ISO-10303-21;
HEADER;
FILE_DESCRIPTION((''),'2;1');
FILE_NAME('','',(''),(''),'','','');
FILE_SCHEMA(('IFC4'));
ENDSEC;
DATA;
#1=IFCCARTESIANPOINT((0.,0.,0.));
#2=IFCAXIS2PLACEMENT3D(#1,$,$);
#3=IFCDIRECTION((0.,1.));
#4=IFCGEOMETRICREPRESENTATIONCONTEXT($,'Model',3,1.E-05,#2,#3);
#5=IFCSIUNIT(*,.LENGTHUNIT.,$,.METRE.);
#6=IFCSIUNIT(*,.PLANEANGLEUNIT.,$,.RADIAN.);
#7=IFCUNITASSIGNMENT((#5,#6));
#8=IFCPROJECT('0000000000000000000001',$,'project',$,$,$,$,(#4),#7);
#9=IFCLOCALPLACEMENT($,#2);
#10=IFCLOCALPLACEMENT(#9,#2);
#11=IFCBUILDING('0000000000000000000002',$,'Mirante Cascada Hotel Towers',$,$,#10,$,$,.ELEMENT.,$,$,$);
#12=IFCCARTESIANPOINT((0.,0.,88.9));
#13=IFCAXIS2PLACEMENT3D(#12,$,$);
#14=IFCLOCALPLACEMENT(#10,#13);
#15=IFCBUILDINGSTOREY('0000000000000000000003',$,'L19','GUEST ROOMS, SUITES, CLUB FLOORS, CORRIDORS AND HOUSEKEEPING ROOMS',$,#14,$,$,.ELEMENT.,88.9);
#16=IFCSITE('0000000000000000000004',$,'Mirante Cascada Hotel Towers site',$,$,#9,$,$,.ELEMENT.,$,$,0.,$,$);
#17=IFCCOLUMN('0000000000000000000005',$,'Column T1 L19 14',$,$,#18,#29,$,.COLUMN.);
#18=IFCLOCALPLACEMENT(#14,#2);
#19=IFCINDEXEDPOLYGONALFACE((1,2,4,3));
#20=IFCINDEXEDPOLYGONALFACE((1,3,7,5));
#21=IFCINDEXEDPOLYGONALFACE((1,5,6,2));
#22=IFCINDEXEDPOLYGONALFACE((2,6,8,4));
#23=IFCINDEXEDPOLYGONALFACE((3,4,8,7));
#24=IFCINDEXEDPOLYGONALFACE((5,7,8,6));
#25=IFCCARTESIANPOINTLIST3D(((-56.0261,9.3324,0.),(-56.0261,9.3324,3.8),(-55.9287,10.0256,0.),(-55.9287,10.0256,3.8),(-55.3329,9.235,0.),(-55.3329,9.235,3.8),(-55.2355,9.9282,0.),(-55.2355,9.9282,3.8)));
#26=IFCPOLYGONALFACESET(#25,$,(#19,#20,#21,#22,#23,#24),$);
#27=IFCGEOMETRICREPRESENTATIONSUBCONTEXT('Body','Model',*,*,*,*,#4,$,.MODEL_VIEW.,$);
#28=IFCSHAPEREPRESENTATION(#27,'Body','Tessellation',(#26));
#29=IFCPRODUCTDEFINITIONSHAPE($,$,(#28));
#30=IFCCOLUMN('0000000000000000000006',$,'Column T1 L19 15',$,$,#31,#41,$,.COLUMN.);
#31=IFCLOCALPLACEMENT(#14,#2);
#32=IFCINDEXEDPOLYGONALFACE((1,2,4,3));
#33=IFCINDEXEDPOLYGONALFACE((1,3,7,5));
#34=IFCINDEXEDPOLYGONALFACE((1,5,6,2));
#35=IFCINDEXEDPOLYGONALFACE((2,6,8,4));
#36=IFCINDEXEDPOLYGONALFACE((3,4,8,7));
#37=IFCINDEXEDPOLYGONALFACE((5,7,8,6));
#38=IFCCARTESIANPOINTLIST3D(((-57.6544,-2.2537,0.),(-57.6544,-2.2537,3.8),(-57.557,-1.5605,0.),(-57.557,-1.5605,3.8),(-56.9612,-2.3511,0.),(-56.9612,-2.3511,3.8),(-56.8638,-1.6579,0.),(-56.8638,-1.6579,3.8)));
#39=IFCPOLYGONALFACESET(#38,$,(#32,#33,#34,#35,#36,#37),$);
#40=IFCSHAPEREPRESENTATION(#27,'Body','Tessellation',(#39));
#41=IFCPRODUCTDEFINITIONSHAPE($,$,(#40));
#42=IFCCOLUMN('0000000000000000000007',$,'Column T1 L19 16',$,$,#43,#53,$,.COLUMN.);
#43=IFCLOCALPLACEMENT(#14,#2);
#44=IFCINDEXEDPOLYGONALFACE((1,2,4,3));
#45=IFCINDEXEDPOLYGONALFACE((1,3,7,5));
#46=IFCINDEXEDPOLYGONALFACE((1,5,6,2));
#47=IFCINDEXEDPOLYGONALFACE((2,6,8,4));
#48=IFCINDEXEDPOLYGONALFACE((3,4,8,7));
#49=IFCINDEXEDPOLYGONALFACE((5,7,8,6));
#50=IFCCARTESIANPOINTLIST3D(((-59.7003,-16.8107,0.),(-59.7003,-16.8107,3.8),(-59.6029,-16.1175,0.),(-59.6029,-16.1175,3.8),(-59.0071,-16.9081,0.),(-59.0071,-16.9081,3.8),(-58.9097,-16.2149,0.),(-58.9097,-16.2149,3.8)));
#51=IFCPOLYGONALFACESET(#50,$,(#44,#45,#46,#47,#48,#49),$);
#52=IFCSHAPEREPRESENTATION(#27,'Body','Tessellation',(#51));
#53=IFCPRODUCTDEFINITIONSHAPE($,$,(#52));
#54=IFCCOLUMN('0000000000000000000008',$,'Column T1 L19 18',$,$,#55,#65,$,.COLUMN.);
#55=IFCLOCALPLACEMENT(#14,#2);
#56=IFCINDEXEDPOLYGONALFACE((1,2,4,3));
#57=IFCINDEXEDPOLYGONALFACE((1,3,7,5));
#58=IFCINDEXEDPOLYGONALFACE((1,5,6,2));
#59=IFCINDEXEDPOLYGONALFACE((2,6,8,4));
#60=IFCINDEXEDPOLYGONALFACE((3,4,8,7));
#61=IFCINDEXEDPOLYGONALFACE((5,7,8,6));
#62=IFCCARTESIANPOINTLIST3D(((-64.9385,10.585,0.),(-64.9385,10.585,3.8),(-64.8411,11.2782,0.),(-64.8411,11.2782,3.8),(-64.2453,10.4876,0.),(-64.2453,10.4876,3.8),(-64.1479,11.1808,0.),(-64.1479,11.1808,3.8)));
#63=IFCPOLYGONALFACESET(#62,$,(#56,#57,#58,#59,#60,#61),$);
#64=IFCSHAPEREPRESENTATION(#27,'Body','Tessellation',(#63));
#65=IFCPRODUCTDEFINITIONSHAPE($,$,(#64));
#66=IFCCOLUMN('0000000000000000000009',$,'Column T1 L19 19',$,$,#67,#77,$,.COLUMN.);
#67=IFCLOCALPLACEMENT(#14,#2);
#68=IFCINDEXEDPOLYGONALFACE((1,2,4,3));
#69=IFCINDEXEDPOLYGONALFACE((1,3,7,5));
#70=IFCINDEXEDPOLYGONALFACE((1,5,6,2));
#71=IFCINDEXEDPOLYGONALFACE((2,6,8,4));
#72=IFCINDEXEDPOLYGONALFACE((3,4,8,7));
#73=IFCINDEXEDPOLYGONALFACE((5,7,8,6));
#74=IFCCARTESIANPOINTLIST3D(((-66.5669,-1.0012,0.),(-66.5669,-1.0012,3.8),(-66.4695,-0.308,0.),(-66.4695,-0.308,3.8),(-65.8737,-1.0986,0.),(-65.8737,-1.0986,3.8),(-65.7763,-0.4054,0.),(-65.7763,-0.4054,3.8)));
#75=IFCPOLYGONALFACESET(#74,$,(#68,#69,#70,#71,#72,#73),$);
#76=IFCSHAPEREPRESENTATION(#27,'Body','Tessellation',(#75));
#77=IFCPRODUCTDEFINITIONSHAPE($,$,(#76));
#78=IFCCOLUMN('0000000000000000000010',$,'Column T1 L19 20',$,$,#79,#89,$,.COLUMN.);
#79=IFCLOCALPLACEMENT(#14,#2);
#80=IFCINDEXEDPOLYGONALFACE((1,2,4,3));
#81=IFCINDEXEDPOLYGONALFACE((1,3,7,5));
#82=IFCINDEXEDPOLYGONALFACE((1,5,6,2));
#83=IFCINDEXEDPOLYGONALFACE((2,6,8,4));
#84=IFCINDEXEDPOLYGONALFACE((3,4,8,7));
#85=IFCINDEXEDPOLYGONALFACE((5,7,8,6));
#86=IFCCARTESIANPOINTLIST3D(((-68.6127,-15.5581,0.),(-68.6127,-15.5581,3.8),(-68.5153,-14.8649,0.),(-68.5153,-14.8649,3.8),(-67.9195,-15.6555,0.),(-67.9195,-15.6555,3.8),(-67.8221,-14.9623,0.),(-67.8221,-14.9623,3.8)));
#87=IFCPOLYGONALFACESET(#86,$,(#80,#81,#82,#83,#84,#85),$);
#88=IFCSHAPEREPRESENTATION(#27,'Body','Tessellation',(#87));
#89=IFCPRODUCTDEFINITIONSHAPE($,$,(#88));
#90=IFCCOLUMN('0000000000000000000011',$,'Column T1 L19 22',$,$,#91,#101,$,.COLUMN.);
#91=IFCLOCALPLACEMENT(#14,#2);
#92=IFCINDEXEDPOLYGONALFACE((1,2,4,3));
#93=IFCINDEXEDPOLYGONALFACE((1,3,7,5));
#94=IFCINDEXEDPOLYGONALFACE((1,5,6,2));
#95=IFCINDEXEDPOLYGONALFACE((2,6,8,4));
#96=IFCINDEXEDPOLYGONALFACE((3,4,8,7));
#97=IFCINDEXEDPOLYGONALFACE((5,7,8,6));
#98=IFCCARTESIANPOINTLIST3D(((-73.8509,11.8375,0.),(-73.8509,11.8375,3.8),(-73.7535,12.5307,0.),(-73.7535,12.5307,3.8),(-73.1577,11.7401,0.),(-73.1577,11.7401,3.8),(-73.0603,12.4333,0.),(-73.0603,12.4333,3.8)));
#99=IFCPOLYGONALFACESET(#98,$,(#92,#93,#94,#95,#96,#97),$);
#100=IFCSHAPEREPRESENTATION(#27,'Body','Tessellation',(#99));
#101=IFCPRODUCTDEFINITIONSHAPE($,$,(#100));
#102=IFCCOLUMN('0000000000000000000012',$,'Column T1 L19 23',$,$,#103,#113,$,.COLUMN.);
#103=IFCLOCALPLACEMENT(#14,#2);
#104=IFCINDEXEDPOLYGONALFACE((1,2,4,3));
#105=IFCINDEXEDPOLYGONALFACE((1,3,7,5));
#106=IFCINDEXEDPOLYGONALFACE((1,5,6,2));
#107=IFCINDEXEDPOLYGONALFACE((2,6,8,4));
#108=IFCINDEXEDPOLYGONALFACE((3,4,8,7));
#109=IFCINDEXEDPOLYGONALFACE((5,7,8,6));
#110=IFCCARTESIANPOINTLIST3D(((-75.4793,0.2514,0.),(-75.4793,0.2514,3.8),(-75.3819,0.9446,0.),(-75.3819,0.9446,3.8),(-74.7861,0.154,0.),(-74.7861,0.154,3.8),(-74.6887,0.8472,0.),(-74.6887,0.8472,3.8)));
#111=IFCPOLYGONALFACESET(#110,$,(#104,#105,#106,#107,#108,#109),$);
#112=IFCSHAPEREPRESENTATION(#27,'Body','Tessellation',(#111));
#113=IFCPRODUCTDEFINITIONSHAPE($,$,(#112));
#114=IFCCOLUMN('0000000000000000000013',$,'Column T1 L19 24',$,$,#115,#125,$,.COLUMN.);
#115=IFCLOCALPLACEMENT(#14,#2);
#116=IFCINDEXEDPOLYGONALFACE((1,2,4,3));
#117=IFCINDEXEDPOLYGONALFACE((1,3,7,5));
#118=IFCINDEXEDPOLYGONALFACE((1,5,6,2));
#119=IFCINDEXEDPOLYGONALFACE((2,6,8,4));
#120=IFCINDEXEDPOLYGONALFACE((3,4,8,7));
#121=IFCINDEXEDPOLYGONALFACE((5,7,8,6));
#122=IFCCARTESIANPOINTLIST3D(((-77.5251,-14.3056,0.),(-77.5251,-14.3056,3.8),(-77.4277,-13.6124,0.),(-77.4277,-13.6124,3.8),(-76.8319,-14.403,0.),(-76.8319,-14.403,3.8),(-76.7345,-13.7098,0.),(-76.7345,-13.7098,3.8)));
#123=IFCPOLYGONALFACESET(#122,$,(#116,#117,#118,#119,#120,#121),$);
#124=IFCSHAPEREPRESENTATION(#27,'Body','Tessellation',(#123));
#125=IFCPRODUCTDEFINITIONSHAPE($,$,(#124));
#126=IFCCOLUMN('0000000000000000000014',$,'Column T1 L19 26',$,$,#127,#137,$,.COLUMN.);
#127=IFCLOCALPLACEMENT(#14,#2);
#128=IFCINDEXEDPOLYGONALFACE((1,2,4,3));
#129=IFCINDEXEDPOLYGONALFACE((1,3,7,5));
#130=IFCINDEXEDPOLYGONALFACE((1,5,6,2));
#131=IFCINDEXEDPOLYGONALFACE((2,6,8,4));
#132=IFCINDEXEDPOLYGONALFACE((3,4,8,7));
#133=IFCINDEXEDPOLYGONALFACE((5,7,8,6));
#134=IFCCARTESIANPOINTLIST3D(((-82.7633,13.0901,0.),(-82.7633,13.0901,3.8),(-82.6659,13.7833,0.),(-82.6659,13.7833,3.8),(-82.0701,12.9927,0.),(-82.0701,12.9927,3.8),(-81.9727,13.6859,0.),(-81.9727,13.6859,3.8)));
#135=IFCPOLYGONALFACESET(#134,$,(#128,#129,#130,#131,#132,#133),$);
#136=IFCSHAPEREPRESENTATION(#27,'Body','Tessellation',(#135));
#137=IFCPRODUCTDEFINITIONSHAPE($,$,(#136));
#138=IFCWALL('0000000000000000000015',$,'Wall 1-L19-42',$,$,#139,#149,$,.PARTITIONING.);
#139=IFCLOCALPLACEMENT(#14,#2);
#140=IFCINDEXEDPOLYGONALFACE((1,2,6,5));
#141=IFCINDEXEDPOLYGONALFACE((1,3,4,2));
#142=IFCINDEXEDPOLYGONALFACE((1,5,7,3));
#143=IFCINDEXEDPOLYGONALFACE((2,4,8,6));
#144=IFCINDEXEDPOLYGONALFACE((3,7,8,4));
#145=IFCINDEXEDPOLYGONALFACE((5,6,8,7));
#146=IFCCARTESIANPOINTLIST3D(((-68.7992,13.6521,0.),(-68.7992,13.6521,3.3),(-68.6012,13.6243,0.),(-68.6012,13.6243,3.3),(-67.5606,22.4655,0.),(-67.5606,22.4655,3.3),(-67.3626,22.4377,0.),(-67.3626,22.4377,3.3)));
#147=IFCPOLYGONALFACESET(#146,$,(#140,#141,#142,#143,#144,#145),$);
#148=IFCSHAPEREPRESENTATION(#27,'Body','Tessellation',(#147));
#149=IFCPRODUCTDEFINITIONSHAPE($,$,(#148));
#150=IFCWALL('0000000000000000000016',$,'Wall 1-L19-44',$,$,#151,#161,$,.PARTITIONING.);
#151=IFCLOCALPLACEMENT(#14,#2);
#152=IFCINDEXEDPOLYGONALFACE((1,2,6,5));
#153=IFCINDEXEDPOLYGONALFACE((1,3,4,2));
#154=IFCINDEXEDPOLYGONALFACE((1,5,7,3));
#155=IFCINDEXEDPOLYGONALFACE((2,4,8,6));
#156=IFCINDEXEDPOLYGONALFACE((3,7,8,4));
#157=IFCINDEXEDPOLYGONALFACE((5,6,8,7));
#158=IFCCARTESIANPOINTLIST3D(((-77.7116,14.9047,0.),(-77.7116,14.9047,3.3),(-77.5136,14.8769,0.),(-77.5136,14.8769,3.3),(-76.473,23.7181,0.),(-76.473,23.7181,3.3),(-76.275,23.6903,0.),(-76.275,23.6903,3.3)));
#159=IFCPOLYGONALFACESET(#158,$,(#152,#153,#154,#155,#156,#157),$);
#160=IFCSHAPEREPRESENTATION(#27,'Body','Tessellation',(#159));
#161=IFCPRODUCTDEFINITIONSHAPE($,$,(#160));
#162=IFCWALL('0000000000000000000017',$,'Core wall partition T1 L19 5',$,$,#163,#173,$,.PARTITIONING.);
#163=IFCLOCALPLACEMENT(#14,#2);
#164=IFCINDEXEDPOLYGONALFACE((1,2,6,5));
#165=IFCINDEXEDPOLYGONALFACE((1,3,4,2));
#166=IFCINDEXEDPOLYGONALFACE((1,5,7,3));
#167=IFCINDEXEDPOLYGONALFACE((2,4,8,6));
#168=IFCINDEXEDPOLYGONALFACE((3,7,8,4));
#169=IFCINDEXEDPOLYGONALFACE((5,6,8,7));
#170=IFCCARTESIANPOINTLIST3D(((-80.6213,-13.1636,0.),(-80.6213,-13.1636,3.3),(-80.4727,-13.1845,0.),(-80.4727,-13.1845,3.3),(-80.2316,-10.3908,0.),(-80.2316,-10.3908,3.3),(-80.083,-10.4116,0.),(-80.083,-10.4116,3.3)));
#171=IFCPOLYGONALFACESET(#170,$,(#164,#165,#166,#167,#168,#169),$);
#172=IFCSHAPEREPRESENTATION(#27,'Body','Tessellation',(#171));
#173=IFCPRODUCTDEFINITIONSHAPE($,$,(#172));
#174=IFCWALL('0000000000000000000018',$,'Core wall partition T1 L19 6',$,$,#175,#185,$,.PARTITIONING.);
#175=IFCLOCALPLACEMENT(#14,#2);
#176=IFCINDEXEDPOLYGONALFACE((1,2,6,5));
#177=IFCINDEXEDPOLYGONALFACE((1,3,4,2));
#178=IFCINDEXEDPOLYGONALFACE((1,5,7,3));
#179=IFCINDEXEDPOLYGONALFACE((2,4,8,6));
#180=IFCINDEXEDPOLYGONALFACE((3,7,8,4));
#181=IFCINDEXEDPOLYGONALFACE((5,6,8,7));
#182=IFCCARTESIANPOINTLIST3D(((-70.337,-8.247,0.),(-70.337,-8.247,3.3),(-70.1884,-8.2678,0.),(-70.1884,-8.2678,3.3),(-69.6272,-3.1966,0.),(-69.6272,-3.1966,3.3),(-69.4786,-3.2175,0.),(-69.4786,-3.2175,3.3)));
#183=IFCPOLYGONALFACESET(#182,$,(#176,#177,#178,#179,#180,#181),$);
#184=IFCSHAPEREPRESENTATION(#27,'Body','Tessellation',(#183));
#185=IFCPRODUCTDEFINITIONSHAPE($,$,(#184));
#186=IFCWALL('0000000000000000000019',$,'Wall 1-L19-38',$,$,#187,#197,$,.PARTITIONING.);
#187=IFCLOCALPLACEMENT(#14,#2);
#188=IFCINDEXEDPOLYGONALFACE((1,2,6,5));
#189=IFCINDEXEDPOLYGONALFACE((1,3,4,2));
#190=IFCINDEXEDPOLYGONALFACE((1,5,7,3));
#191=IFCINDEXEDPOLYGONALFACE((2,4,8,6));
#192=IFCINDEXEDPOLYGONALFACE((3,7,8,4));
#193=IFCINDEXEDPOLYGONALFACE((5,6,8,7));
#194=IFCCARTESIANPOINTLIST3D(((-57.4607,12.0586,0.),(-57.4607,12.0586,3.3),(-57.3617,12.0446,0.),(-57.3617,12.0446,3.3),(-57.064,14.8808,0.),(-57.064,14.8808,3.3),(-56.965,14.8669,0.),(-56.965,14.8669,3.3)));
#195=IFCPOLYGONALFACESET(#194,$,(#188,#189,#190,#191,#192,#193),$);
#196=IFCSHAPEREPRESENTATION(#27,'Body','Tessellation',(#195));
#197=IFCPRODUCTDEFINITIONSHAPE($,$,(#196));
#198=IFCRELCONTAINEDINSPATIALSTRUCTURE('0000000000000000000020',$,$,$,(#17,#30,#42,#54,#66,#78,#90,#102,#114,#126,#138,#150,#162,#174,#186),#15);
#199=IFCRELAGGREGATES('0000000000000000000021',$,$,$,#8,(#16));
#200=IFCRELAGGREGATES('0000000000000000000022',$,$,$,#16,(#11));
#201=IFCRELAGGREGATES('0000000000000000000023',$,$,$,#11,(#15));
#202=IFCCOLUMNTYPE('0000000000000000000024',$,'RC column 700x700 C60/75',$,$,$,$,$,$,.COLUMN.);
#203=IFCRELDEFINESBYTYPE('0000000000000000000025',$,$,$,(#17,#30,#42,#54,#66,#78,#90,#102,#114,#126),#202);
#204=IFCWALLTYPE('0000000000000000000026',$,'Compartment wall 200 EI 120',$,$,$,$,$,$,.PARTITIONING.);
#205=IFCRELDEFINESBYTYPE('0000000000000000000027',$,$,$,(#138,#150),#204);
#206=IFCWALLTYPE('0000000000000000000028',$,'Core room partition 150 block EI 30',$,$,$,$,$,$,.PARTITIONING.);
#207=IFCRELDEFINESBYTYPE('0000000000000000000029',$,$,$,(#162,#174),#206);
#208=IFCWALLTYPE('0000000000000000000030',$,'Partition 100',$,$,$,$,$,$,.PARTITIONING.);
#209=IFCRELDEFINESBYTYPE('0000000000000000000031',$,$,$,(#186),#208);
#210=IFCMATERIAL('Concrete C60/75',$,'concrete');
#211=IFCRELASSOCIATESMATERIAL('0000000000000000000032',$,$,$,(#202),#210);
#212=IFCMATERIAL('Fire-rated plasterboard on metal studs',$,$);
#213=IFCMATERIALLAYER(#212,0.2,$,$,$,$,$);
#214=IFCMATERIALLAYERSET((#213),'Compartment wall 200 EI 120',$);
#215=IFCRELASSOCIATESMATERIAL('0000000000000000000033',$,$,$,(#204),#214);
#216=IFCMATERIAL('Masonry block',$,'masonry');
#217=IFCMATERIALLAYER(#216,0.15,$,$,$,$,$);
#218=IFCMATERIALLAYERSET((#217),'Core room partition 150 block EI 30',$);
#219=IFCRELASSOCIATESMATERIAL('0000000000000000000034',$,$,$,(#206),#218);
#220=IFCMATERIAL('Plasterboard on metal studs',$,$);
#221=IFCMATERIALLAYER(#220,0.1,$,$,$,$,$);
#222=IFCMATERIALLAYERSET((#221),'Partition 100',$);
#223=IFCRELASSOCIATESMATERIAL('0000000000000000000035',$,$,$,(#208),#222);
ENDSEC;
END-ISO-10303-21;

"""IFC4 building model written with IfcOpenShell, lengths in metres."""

from ifc_helpers import new_model, si_unit, direction, frame, frame_2d, origin, origin_2d, place, context, subcontext, project, spatial, rectangle, extrude, material, layer, layer_set, material_profile, profile_set, type_object, element, save


model = new_model("IFC4")

# Units and contexts
model_context = context("Model", 3, precision=1e-05, world=origin(), true_north=direction((0.0, 1.0)))
body_context = subcontext(model_context, "Body", "Model", "MODEL_VIEW")
ifc_project = project(units=[si_unit("LENGTHUNIT", "METRE"), si_unit("PLANEANGLEUNIT", "RADIAN")], contexts=[model_context])

# Site, building, storey
site_placement = place(None, origin())
site = spatial("IfcSite", under=ifc_project, at=site_placement, Name="Mirante Cascada Hotel Towers site", CompositionType="ELEMENT", RefElevation=0.0)
building_placement = place(site_placement, origin())
building = spatial("IfcBuilding", under=site, at=building_placement, Name="Mirante Cascada Hotel Towers", CompositionType="ELEMENT")
storey_placement = place(building_placement, frame((0.0, 0.0, 88.9)))
storey = spatial("IfcBuildingStorey", under=building, at=storey_placement, Name="L19", Description="GUEST ROOMS, SUITES, CLUB FLOORS, CORRIDORS AND HOUSEKEEPING ROOMS", CompositionType="ELEMENT", Elevation=88.9)

# Columns
ifc_material_1 = material(Name="Concrete C60/75", Category="concrete")
ifc_material_profile = material_profile(ifc_material_1, rectangle(XDim=0.7, YDim=0.7, at=origin_2d()), Name="RC column 700x700 C60/75")
ifc_profile_set = profile_set([ifc_material_profile], Name="Concrete C60/75")
column_type = type_object("IfcColumnType", Name="RC column 700x700 C60/75", PredefinedType="COLUMN", material=ifc_profile_set)
for number, where, z_axis, x_axis, name in (
    (1, (-55.6308, 9.6303, 0.0), (0.0, 0.0, 1.0), (-0.990268, 0.139173, 0.0), "Column T1 L19 14"),
    (2, (-57.2591, -1.9558, 0.0), (0.0, 0.0, 1.0), (-0.990268, 0.139173, 0.0), "Column T1 L19 15"),
    (3, (-59.305, -16.5128, 0.0), (0.0, 0.0, 1.0), (-0.990268, 0.139173, 0.0), "Column T1 L19 16"),
    (4, (-64.5432, 10.8829, 0.0), (0.0, 0.0, 1.0), (-0.990268, 0.139173, 0.0), "Column T1 L19 18"),
    (5, (-66.1716, -0.7033, 0.0), (0.0, 0.0, 1.0), (-0.990268, 0.139173, 0.0), "Column T1 L19 19"),
    (6, (-68.2174, -15.2602, 0.0), (0.0, 0.0, 1.0), (-0.990268, 0.139173, 0.0), "Column T1 L19 20"),
    (7, (-73.4556, 12.1354, 0.0), (0.0, 0.0, 1.0), (-0.990268, 0.139173, 0.0), "Column T1 L19 22"),
    (8, (-75.084, 0.5493, 0.0), (0.0, 0.0, 1.0), (-0.990268, 0.139173, 0.0), "Column T1 L19 23"),
    (9, (-77.1298, -14.0077, 0.0), (0.0, 0.0, 1.0), (-0.990268, 0.139173, 0.0), "Column T1 L19 24"),
    (10, (-82.368, 13.388, 0.0), (0.0, 0.0, 1.0), (-0.990268, 0.139173, 0.0), "Column T1 L19 26"),
):
    element("IfcColumn", number, at=place(storey_placement, frame(where, z_axis=z_axis, x_axis=x_axis)), inside=storey, type_object=column_type, Name=name, PredefinedType="COLUMN", context=body_context, shape_type="SweptSolid", body=[
        extrude(rectangle(XDim=0.7, YDim=0.7, at=origin_2d()), origin(), (0.0, 0.0, 1.0), 3.8),
    ])

# Walls
ifc_material_2 = material(Name="Fire-rated plasterboard on metal studs")
ifc_layer_1 = layer(ifc_material_2, 0.2)
ifc_layer_set_1 = layer_set([ifc_layer_1], Name="Compartment wall 200 EI 120")
wall_type_1 = type_object("IfcWallType", Name="Compartment wall 200 EI 120", PredefinedType="PARTITIONING", material=ifc_layer_set_1)
for number, where, z_axis, x_axis, name in (
    (11, (-68.7002, 13.6382, 0.0), (0.0, 0.0, 1.0), (0.139168, 0.990269, 0.0), "Wall 1-L19-42"),
    (12, (-77.6126, 14.8908, 0.0), (0.0, 0.0, 1.0), (0.139168, 0.990269, 0.0), "Wall 1-L19-44"),
):
    element("IfcWall", number, at=place(storey_placement, frame(where, z_axis=z_axis, x_axis=x_axis)), inside=storey, type_object=wall_type_1, Name=name, PredefinedType="PARTITIONING", context=body_context, shape_type="SweptSolid", body=[
        extrude(rectangle(XDim=8.9, YDim=0.2, at=frame_2d((4.45, 0.0))), origin(), (0.0, 0.0, 1.0), 3.3),
    ])
ifc_material_3 = material(Name="Masonry block", Category="masonry")
ifc_layer_2 = layer(ifc_material_3, 0.15)
ifc_layer_set_2 = layer_set([ifc_layer_2], Name="Core room partition 150 block EI 30")
wall_type_2 = type_object("IfcWallType", Name="Core room partition 150 block EI 30", PredefinedType="PARTITIONING", material=ifc_layer_set_2)
wall_1_placement = place(storey_placement, frame((-80.547, -13.174, 0.0), z_axis=(0.0, 0.0, 1.0), x_axis=(0.139176, 0.990268, 0.0)))
element("IfcWall", 13, at=wall_1_placement, inside=storey, type_object=wall_type_2, Name="Core wall partition T1 L19 5", PredefinedType="PARTITIONING", context=body_context, shape_type="SweptSolid", body=[
    extrude(rectangle(XDim=2.8001, YDim=0.15, at=frame_2d((1.4, 0.0))), origin(), (0.0, 0.0, 1.0), 3.3),
])
wall_2_placement = place(storey_placement, frame((-70.2627, -8.2574, 0.0), z_axis=(0.0, 0.0, 1.0), x_axis=(0.139176, 0.990268, 0.0)))
element("IfcWall", 14, at=wall_2_placement, inside=storey, type_object=wall_type_2, Name="Core wall partition T1 L19 6", PredefinedType="PARTITIONING", context=body_context, shape_type="SweptSolid", body=[
    extrude(rectangle(XDim=5.1, YDim=0.15, at=frame_2d((2.55, 0.0))), origin(), (0.0, 0.0, 1.0), 3.3),
])
ifc_material_4 = material(Name="Plasterboard on metal studs")
ifc_layer_3 = layer(ifc_material_4, 0.1)
ifc_layer_set_3 = layer_set([ifc_layer_3], Name="Partition 100")
wall_type_3 = type_object("IfcWallType", Name="Partition 100", PredefinedType="PARTITIONING", material=ifc_layer_set_3)
wall_3_placement = place(storey_placement, frame((-57.4112, 12.0516, 0.0), z_axis=(0.0, 0.0, 1.0), x_axis=(0.139191, 0.990266, 0.0)))
element("IfcWall", 15, at=wall_3_placement, inside=storey, type_object=wall_type_3, Name="Wall 1-L19-38", PredefinedType="PARTITIONING", context=body_context, shape_type="SweptSolid", body=[
    extrude(rectangle(XDim=2.85, YDim=0.1, at=frame_2d((1.425, 0.0))), origin(), (0.0, 0.0, 1.0), 3.3),
])

save(model, "model.ifc")
